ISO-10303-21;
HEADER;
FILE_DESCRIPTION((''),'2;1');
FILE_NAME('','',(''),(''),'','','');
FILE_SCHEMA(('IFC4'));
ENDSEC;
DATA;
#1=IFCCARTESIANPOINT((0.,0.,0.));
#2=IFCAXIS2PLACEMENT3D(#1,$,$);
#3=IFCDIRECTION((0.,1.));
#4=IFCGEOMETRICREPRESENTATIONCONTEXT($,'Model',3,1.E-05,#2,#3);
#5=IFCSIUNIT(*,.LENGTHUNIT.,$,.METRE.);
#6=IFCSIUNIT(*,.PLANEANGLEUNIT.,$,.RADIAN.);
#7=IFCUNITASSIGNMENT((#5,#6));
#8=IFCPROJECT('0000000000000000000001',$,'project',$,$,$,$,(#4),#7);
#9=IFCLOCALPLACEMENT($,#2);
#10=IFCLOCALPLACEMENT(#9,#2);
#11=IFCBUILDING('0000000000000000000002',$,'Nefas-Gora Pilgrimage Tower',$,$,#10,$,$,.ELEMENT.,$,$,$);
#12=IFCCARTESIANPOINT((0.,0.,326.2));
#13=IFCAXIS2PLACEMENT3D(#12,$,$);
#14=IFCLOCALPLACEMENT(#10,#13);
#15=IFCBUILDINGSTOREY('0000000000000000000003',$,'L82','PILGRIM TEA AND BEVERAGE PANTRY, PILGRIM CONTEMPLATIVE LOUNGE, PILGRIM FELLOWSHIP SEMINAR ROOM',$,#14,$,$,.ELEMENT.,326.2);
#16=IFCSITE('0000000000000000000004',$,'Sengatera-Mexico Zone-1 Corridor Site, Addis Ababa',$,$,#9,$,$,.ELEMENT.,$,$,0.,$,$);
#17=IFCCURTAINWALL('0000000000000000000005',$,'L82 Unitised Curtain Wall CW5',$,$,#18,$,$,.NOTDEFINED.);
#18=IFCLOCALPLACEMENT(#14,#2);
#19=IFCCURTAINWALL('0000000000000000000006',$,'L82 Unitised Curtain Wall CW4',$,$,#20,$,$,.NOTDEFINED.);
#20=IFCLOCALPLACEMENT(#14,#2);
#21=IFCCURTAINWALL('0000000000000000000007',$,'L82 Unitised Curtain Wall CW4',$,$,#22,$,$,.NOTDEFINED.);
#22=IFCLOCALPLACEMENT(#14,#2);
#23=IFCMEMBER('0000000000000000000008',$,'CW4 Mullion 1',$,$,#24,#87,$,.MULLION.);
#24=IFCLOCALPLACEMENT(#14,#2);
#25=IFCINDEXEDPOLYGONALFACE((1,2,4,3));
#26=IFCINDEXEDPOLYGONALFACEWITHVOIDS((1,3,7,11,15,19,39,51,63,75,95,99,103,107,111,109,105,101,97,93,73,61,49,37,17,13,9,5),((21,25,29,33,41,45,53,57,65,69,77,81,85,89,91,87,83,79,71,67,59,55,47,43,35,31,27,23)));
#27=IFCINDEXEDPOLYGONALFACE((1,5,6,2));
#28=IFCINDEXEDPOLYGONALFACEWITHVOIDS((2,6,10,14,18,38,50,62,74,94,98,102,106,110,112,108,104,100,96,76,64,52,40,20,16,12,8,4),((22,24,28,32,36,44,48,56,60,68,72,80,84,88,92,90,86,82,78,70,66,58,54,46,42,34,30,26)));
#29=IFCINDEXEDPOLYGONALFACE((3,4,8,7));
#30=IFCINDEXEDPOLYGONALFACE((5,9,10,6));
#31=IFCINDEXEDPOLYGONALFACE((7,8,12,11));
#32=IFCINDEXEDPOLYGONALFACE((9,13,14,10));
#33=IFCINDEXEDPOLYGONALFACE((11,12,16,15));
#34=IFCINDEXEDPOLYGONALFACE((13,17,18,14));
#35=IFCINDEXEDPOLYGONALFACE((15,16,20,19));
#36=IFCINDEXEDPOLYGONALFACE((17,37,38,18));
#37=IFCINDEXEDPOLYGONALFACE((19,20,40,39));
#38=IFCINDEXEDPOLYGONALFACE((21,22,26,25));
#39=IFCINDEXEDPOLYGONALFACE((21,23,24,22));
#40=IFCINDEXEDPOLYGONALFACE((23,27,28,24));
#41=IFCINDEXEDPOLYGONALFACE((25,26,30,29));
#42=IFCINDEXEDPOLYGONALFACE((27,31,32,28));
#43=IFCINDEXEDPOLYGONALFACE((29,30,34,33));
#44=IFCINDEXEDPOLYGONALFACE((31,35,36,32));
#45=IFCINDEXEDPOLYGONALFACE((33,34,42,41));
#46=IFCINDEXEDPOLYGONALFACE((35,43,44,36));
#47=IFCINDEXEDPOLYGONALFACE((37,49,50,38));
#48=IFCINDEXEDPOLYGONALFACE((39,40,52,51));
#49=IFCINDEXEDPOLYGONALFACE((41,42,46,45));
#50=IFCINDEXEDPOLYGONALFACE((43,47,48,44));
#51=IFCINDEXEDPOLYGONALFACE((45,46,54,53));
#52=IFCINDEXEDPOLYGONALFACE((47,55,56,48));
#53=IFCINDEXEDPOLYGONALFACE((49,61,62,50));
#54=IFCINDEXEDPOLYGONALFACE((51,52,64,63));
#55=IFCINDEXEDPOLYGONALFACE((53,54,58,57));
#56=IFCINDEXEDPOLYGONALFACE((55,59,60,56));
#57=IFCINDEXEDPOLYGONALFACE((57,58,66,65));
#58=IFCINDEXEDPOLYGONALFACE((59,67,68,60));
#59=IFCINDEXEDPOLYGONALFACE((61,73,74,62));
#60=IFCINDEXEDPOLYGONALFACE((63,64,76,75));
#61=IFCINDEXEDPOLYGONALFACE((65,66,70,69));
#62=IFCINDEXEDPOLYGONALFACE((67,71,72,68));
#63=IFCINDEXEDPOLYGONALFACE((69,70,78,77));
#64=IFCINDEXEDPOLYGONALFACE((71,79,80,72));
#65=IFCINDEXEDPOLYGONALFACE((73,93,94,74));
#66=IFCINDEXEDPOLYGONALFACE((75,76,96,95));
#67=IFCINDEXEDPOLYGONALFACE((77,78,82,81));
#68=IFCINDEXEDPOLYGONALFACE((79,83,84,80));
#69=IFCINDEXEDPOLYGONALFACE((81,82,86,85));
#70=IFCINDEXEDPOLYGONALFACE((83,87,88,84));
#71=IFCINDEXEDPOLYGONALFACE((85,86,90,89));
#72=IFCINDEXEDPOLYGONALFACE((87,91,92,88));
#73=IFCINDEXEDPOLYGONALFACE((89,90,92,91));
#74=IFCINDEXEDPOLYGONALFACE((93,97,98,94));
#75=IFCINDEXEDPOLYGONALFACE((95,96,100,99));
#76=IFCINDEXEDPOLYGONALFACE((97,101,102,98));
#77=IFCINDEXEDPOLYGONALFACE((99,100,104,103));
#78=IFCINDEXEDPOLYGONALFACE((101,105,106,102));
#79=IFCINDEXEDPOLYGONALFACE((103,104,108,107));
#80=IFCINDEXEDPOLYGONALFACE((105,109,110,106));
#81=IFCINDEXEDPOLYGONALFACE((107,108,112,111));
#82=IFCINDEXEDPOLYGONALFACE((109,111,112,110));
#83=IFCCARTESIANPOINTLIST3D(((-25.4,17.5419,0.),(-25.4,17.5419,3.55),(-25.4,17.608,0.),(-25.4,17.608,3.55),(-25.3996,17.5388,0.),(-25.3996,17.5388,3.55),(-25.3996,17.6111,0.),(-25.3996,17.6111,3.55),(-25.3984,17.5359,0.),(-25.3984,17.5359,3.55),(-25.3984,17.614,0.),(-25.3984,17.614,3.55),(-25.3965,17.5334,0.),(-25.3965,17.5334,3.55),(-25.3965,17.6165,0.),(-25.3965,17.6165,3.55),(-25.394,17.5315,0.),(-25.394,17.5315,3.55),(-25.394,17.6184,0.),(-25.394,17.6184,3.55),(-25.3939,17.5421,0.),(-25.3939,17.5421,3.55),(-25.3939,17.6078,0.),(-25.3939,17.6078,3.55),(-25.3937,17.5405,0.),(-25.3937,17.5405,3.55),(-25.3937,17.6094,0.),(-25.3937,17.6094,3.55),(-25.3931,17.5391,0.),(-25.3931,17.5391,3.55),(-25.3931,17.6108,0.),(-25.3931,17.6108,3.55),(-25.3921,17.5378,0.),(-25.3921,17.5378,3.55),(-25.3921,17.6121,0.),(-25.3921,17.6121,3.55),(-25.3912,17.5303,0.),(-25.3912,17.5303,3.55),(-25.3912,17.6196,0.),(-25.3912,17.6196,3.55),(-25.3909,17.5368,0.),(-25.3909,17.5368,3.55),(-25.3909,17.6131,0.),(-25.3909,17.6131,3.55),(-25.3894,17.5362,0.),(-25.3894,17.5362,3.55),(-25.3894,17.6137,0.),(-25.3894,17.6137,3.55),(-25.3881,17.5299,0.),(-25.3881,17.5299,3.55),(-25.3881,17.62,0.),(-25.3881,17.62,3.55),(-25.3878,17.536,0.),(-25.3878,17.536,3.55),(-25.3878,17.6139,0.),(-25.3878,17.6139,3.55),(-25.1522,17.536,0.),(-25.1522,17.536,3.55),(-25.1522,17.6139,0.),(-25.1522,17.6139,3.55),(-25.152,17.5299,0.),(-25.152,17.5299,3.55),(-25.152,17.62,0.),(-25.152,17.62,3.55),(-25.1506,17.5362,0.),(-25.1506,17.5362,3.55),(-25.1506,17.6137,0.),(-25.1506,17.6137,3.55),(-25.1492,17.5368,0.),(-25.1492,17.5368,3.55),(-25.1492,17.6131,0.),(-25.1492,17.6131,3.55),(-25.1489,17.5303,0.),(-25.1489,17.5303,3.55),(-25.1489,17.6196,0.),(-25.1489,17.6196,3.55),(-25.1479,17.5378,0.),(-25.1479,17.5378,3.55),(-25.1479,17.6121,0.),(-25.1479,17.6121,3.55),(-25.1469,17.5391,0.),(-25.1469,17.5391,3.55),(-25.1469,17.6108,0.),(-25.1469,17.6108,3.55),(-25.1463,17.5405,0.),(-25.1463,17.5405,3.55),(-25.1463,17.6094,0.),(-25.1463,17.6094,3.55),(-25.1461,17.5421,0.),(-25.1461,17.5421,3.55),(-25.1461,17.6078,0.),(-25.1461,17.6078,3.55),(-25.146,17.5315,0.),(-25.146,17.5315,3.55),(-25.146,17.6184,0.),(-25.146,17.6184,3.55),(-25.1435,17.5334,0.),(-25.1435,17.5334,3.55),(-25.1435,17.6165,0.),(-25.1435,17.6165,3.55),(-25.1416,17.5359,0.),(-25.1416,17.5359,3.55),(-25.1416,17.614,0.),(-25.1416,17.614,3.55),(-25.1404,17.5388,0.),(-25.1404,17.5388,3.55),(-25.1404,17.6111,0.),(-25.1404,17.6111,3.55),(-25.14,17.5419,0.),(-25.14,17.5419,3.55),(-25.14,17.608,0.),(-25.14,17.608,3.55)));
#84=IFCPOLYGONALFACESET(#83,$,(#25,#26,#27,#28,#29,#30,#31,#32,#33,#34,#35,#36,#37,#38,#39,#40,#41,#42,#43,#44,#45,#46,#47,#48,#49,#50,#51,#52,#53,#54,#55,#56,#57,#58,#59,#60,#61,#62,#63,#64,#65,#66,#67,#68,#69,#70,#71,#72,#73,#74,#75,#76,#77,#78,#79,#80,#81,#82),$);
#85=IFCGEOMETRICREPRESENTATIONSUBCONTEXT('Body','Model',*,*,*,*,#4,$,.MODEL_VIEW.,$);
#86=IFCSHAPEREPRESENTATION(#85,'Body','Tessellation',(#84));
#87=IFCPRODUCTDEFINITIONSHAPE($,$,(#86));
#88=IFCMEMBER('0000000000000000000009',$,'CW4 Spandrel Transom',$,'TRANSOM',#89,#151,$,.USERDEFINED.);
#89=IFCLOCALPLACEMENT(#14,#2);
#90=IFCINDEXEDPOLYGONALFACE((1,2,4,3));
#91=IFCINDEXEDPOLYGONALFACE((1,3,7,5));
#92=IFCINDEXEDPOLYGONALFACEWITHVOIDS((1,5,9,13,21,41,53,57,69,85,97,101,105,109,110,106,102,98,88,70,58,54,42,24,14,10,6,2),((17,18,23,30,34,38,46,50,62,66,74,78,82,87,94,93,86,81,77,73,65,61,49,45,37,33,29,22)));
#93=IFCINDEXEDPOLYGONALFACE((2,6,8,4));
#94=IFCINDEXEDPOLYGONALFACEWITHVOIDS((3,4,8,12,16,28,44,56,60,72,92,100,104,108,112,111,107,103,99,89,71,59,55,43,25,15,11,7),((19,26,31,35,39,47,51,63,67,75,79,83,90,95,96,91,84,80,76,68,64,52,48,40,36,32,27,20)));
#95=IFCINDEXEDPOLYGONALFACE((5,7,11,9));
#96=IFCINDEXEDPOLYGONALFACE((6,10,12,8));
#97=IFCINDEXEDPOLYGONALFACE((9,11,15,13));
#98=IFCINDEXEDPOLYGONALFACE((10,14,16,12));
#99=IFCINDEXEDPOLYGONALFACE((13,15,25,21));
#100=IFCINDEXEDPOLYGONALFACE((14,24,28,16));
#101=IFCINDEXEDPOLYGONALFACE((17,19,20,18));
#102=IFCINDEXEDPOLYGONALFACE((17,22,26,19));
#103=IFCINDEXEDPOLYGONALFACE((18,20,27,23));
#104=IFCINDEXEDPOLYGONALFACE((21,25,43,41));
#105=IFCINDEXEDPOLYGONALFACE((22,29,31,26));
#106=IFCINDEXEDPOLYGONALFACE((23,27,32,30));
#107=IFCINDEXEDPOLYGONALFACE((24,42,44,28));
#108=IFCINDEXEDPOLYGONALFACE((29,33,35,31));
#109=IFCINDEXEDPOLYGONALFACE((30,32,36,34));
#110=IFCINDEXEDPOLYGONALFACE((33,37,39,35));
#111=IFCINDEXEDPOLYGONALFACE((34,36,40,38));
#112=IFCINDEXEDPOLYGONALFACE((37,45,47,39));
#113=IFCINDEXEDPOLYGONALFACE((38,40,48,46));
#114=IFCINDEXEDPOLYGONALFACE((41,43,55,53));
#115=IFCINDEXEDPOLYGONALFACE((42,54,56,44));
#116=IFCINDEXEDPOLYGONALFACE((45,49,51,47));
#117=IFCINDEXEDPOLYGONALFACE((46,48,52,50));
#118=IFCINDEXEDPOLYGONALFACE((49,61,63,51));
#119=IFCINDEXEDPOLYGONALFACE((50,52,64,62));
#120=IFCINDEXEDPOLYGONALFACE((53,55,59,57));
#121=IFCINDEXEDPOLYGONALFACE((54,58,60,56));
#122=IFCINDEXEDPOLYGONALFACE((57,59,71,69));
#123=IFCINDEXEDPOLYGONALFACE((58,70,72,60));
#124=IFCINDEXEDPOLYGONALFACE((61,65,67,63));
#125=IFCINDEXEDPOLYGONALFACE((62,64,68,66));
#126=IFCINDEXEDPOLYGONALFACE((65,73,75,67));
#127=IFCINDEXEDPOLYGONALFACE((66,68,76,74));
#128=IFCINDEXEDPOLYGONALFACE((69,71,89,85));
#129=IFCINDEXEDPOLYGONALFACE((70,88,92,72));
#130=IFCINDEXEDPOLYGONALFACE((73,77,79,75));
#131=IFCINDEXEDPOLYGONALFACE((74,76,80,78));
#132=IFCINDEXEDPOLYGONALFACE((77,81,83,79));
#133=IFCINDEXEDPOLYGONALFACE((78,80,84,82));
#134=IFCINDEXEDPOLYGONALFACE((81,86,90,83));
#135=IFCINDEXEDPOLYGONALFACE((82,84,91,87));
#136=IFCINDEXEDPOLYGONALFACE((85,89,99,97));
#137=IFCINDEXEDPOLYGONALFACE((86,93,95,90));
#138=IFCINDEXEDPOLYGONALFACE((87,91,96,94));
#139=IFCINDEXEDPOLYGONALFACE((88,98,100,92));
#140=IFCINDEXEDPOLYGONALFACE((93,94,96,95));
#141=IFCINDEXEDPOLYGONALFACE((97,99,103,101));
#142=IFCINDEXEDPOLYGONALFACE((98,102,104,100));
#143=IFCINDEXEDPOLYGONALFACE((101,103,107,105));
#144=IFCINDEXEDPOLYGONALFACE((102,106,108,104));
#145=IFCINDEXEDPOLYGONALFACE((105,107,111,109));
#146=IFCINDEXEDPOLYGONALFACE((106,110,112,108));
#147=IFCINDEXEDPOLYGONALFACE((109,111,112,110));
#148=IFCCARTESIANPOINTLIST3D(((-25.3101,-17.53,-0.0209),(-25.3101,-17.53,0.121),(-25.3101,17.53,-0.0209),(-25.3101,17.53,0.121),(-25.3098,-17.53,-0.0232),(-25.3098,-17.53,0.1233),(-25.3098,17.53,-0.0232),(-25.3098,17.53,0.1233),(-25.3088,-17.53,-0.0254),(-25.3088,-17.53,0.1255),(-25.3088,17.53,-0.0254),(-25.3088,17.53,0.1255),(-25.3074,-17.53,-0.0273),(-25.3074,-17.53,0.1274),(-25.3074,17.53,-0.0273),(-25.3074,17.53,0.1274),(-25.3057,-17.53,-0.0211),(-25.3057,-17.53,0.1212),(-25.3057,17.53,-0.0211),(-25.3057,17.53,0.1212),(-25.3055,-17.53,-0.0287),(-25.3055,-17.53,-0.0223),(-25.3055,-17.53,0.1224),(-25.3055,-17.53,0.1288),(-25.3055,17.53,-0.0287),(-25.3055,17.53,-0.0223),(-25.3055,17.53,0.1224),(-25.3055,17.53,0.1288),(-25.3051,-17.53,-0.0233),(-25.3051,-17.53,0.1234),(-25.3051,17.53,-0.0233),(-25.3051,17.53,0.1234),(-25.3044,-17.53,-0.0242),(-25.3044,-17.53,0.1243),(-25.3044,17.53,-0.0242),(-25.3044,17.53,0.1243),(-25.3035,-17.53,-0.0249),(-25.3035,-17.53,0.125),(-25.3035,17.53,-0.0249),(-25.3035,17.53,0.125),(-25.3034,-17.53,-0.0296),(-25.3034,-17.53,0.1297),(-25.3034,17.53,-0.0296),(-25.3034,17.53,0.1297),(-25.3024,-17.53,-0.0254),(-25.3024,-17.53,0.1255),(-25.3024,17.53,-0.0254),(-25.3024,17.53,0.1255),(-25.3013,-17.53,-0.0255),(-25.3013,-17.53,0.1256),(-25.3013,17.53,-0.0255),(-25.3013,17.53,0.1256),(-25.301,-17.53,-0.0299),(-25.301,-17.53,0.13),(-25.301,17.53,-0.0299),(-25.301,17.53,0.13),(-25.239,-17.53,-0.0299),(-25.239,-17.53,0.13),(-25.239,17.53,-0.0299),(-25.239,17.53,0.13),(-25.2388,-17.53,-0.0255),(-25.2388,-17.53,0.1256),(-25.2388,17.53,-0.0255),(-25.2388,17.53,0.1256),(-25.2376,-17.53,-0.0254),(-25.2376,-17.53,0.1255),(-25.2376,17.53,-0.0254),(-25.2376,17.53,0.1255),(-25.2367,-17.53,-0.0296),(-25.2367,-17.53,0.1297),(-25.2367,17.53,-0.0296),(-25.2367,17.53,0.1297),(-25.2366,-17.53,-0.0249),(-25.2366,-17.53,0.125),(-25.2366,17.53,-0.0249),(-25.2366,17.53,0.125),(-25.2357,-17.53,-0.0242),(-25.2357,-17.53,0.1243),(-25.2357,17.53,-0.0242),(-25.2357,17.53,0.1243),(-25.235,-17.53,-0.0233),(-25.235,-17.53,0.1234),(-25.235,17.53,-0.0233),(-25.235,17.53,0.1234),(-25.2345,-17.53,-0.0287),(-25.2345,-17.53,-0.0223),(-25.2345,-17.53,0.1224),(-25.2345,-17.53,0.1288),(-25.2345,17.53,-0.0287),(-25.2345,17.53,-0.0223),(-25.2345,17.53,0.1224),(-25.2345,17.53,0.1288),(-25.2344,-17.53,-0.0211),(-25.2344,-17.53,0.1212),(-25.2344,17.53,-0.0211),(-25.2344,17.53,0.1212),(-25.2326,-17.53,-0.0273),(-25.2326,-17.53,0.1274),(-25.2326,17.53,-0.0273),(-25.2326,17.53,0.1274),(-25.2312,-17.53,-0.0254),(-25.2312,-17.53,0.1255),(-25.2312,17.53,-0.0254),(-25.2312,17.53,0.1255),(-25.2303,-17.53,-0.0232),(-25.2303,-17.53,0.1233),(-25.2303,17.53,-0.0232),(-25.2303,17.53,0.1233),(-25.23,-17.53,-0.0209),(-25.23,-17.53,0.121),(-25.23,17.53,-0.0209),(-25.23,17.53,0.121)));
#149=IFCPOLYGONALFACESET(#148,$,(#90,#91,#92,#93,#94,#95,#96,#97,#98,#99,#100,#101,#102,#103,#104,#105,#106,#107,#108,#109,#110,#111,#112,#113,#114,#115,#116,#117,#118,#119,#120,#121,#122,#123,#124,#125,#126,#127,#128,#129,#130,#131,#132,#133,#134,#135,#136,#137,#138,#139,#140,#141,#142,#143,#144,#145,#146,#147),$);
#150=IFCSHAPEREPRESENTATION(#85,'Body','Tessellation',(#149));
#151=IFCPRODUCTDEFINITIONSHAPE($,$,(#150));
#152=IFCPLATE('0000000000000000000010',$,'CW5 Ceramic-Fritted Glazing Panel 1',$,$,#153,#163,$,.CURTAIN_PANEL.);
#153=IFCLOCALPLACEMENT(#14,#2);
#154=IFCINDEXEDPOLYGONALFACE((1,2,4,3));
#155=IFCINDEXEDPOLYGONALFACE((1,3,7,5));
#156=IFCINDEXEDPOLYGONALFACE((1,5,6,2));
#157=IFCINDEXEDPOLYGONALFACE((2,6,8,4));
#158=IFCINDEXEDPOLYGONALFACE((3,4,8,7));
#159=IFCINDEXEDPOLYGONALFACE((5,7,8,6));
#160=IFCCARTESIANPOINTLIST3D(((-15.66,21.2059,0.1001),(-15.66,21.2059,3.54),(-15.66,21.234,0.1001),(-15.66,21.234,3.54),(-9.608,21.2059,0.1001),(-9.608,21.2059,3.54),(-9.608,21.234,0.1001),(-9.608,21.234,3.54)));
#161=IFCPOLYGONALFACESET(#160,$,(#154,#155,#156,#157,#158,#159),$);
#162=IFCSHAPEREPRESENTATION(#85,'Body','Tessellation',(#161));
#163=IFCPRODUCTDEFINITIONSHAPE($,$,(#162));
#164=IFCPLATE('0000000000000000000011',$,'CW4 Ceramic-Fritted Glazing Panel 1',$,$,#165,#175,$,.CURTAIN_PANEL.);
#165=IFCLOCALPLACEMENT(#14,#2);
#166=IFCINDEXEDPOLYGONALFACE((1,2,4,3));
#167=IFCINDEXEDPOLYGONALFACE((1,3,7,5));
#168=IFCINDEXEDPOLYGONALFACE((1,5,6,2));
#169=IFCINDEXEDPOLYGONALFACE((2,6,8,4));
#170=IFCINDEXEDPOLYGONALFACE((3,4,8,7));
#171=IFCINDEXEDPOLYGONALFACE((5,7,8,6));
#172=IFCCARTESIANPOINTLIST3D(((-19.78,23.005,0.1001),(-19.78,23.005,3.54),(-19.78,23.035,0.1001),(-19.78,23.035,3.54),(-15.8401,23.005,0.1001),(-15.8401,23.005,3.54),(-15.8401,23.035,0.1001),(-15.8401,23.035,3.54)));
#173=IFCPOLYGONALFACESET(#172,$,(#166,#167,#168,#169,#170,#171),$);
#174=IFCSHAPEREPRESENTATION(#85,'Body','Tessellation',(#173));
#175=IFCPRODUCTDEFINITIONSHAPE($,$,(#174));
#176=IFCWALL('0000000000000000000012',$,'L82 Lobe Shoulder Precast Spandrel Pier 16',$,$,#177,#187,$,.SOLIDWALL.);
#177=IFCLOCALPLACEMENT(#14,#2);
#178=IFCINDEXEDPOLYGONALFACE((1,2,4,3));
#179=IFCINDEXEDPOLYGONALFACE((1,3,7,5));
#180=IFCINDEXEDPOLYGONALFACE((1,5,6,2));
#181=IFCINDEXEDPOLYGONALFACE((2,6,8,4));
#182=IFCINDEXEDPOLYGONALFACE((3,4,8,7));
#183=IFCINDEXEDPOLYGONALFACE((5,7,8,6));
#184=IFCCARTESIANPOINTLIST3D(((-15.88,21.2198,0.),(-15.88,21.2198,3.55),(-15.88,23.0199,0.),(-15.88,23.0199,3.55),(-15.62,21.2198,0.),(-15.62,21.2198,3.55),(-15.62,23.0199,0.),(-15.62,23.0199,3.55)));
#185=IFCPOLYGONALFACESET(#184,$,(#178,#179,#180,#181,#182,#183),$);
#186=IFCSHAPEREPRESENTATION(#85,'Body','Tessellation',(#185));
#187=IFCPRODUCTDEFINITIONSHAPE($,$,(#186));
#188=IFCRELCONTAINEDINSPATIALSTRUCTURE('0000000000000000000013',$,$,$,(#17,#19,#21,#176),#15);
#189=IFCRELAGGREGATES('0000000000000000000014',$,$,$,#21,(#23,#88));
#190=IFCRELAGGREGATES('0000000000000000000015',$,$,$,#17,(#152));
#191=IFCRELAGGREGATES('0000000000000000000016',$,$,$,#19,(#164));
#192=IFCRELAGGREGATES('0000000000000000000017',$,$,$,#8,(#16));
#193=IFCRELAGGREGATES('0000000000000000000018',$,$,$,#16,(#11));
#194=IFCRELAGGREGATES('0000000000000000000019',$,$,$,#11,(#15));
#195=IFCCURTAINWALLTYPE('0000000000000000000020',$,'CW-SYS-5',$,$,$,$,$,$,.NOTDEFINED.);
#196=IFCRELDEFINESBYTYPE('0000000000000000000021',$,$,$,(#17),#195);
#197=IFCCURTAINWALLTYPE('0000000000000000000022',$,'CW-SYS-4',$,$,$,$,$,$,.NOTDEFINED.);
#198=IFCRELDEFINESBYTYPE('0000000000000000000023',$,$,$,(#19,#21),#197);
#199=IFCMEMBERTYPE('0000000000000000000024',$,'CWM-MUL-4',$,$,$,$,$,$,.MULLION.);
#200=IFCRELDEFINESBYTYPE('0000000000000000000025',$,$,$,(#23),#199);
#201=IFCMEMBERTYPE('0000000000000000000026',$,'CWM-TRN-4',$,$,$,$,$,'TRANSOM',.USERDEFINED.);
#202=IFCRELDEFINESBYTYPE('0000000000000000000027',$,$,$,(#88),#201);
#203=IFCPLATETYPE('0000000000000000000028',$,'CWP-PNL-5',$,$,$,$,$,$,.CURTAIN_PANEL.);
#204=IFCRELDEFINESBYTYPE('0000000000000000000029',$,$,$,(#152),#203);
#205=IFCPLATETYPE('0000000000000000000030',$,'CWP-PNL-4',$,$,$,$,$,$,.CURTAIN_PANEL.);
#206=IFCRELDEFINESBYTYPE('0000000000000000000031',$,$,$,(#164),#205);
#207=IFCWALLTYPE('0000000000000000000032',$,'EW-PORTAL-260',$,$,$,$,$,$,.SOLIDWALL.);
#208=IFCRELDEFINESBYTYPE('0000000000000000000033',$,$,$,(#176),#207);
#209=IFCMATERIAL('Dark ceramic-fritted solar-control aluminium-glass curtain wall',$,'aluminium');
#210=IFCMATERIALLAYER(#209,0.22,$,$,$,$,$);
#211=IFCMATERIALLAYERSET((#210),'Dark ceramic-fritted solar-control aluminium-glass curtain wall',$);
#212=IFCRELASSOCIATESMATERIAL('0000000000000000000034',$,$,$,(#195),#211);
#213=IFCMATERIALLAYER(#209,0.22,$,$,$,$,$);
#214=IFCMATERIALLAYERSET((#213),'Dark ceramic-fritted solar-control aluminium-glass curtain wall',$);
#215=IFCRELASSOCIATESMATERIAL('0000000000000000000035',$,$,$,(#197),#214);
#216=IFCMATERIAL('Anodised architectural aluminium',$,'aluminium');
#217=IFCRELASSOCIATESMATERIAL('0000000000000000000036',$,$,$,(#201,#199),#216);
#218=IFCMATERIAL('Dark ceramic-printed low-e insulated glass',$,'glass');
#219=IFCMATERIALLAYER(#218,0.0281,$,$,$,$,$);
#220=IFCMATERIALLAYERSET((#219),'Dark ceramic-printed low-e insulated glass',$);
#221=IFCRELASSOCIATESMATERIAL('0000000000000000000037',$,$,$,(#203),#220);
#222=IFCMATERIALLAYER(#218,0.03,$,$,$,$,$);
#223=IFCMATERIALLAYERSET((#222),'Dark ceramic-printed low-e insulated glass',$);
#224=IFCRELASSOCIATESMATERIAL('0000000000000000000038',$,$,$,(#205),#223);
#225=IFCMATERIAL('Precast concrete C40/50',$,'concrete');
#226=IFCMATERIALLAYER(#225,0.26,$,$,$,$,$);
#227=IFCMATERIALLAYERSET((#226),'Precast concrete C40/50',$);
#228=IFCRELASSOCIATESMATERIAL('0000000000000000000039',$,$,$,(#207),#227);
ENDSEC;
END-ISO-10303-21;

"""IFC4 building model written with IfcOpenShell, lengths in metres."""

from ifc_helpers import new_model, si_unit, direction, frame, frame_2d, origin, origin_2d, place, context, subcontext, project, spatial, rectangle, hollow_rectangle, extrude, source, transform, mapped, material, layer, layer_set, material_profile, profile_set, type_object, element, aggregate, save


model = new_model("IFC4")

# Units and contexts
model_context = context("Model", 3, precision=1e-05, world=origin(), true_north=direction((0.0, 1.0)))
body_context = subcontext(model_context, "Body", "Model", "MODEL_VIEW")
ifc_project = project(units=[si_unit("LENGTHUNIT", "METRE"), si_unit("PLANEANGLEUNIT", "RADIAN")], contexts=[model_context])

# Site, building, storey
site_placement = place(None, origin())
site = spatial("IfcSite", under=ifc_project, at=site_placement, Name="Sengatera-Mexico Zone-1 Corridor Site, Addis Ababa", CompositionType="ELEMENT", RefElevation=0.0)
building_placement = place(site_placement, origin())
building = spatial("IfcBuilding", under=site, at=building_placement, Name="Nefas-Gora Pilgrimage Tower", CompositionType="ELEMENT")
storey_placement = place(building_placement, frame((0.0, 0.0, 326.2)))
storey = spatial("IfcBuildingStorey", under=building, at=storey_placement, Name="L82", Description="PILGRIM TEA AND BEVERAGE PANTRY, PILGRIM CONTEMPLATIVE LOUNGE, PILGRIM FELLOWSHIP SEMINAR ROOM", CompositionType="ELEMENT", Elevation=326.2)

# Curtain wall
ifc_material_1 = material(Name="Dark ceramic-fritted solar-control aluminium-glass curtain wall", Category="aluminium")
ifc_layer_1 = layer(ifc_material_1, 0.22)
ifc_layer_set_1 = layer_set([ifc_layer_1], Name="Dark ceramic-fritted solar-control aluminium-glass curtain wall")
curtain_wall_type_1 = type_object("IfcCurtainWallType", Name="CW-SYS-5", PredefinedType="NOTDEFINED", material=ifc_layer_set_1)
curtain_wall_1_placement = place(storey_placement, origin())
curtain_wall_1 = element("IfcCurtainWall", 1, at=curtain_wall_1_placement, inside=storey, type_object=curtain_wall_type_1, Name="L82 Unitised Curtain Wall CW5", PredefinedType="NOTDEFINED")
ifc_material_2 = material(Name="Anodised architectural aluminium", Category="aluminium")

# Curtain walls, members
ifc_layer_2 = layer(ifc_material_1, 0.22)
ifc_layer_set_2 = layer_set([ifc_layer_2], Name="Dark ceramic-fritted solar-control aluminium-glass curtain wall")
curtain_wall_type_2 = type_object("IfcCurtainWallType", Name="CW-SYS-4", PredefinedType="NOTDEFINED", material=ifc_layer_set_2)
curtain_wall_2_placement = place(storey_placement, origin())
curtain_wall_2 = element("IfcCurtainWall", 2, at=curtain_wall_2_placement, inside=storey, type_object=curtain_wall_type_2, Name="L82 Unitised Curtain Wall CW4", PredefinedType="NOTDEFINED")
ifc_material_profile_1 = material_profile(ifc_material_2, hollow_rectangle(XDim=0.0801, YDim=0.1599, WallThickness=0.0044, InnerFilletRadius=0.0044, OuterFilletRadius=0.009, at=origin_2d()), Name="ALU TRANSOM 80x160")
ifc_profile_set_1 = profile_set([ifc_material_profile_1], Name="Anodised architectural aluminium")
member_type_1 = type_object("IfcMemberType", Name="CWM-TRN-4", ElementType="TRANSOM", PredefinedType="USERDEFINED", material=ifc_profile_set_1)
ifc_material_profile_2 = material_profile(ifc_material_2, hollow_rectangle(XDim=0.0901, YDim=0.26, WallThickness=0.0061, InnerFilletRadius=0.0061, OuterFilletRadius=0.012, at=origin_2d()), Name="ALU MULLION 90x260")
ifc_profile_set_2 = profile_set([ifc_material_profile_2], Name="Anodised architectural aluminium")
member_type_2 = type_object("IfcMemberType", Name="CWM-MUL-4", PredefinedType="MULLION", material=ifc_profile_set_2)
shared_shape_1 = source(origin(), body_context, "Body", "SweptSolid", [
    extrude(hollow_rectangle(XDim=0.0901, YDim=0.26, WallThickness=0.0061, InnerFilletRadius=0.0061, OuterFilletRadius=0.012, at=origin_2d()), origin(), (0.0, 0.0, 1.0), 3.55),
])
curtain_wall_3_placement = place(storey_placement, origin())
curtain_wall_3 = element("IfcCurtainWall", 3, at=curtain_wall_3_placement, inside=storey, type_object=curtain_wall_type_2, Name="L82 Unitised Curtain Wall CW4", PredefinedType="NOTDEFINED")
member_1_placement = place(storey_placement, frame((-25.27, 17.575, 0.0), z_axis=(0.0, 0.0, 1.0), x_axis=(0.0, -1.0, 0.0)))
member_1 = element("IfcMember", 4, at=member_1_placement, type_object=member_type_2, Name="CW4 Mullion 1", PredefinedType="MULLION", context=body_context, shape_type="MappedRepresentation", body=[
    mapped(shared_shape_1, transform((0.0, 0.0, 0.0), x_axis=(1.0, 0.0, 0.0), y_axis=(0.0, 1.0, 0.0), z_axis=(0.0, 0.0, 1.0), scale=1.0)),
])
shared_shape_2 = source(origin(), body_context, "Body", "SweptSolid", [
    extrude(hollow_rectangle(XDim=0.0801, YDim=0.1599, WallThickness=0.0044, InnerFilletRadius=0.0044, OuterFilletRadius=0.009, at=origin_2d()), origin(), (0.0, 0.0, 1.0), 35.0601),
])
member_2_placement = place(storey_placement, frame((-25.27, 17.53, 0.05), z_axis=(0.0, -1.0, 0.0), x_axis=(1.0, 0.0, 0.0)))
member_2 = element("IfcMember", 5, at=member_2_placement, type_object=member_type_1, Name="CW4 Spandrel Transom", ObjectType="TRANSOM", PredefinedType="USERDEFINED", context=body_context, shape_type="MappedRepresentation", body=[
    mapped(shared_shape_2, transform((0.0, 0.0, 0.0), x_axis=(1.0, 0.0, 0.0), y_axis=(0.0, 1.0, 0.0), z_axis=(0.0, 0.0, 1.0), scale=1.0)),
])
aggregate(curtain_wall_3, [member_1, member_2])

# Plates
ifc_material_3 = material(Name="Dark ceramic-printed low-e insulated glass", Category="glass")
ifc_layer_3 = layer(ifc_material_3, 0.0281)
ifc_layer_set_3 = layer_set([ifc_layer_3], Name="Dark ceramic-printed low-e insulated glass")
plate_type_1 = type_object("IfcPlateType", Name="CWP-PNL-5", PredefinedType="CURTAIN_PANEL", material=ifc_layer_set_3)
shared_shape_3 = source(origin(), body_context, "Body", "SweptSolid", [
    extrude(rectangle(XDim=6.052, YDim=0.0281, at=origin_2d()), origin(), (0.0, 0.0, 1.0), 3.4399),
])
plate_1_placement = place(storey_placement, frame((-12.634, 21.22, 0.1001), z_axis=(0.0, 0.0, 1.0), x_axis=(-1.0, 0.0, 0.0)))
plate_1 = element("IfcPlate", 6, at=plate_1_placement, type_object=plate_type_1, Name="CW5 Ceramic-Fritted Glazing Panel 1", PredefinedType="CURTAIN_PANEL", context=body_context, shape_type="MappedRepresentation", body=[
    mapped(shared_shape_3, transform((0.0, 0.0, 0.0), x_axis=(1.0, 0.0, 0.0), y_axis=(0.0, 1.0, 0.0), z_axis=(0.0, 0.0, 1.0), scale=1.0)),
])
aggregate(curtain_wall_1, [plate_1])
ifc_layer_4 = layer(ifc_material_3, 0.03)
ifc_layer_set_4 = layer_set([ifc_layer_4], Name="Dark ceramic-printed low-e insulated glass")
plate_type_2 = type_object("IfcPlateType", Name="CWP-PNL-4", PredefinedType="CURTAIN_PANEL", material=ifc_layer_set_4)
shared_shape_4 = source(origin(), body_context, "Body", "SweptSolid", [
    extrude(rectangle(XDim=3.9399, YDim=0.03, at=origin_2d()), origin(), (0.0, 0.0, 1.0), 3.4399),
])
plate_2_placement = place(storey_placement, frame((-17.8101, 23.02, 0.1001), z_axis=(0.0, 0.0, 1.0), x_axis=(-1.0, 0.0, 0.0)))
plate_2 = element("IfcPlate", 7, at=plate_2_placement, type_object=plate_type_2, Name="CW4 Ceramic-Fritted Glazing Panel 1", PredefinedType="CURTAIN_PANEL", context=body_context, shape_type="MappedRepresentation", body=[
    mapped(shared_shape_4, transform((0.0, 0.0, 0.0), x_axis=(1.0, 0.0, 0.0), y_axis=(0.0, 1.0, 0.0), z_axis=(0.0, 0.0, 1.0), scale=1.0)),
])
aggregate(curtain_wall_2, [plate_2])

# Wall
ifc_material_4 = material(Name="Precast concrete C40/50", Category="concrete")
ifc_layer_5 = layer(ifc_material_4, 0.26)
ifc_layer_set_5 = layer_set([ifc_layer_5], Name="Precast concrete C40/50")
wall_type_1 = type_object("IfcWallType", Name="EW-PORTAL-260", PredefinedType="SOLIDWALL", material=ifc_layer_set_5)
shared_shape_5 = source(origin(), body_context, "Body", "SweptSolid", [
    extrude(rectangle(XDim=1.8, YDim=0.26, at=frame_2d((0.8999, 0.0))), origin(), (0.0, 0.0, 1.0), 3.55),
])
wall_1_placement = place(storey_placement, frame((-15.75, 21.22, 0.0), z_axis=(0.0, 0.0, 1.0), x_axis=(0.0, 1.0, 0.0)))
element("IfcWall", 8, at=wall_1_placement, inside=storey, type_object=wall_type_1, Name="L82 Lobe Shoulder Precast Spandrel Pier 16", PredefinedType="SOLIDWALL", context=body_context, shape_type="MappedRepresentation", body=[
    mapped(shared_shape_5, transform((0.0, 0.0, 0.0), x_axis=(1.0, 0.0, 0.0), y_axis=(0.0, 1.0, 0.0), z_axis=(0.0, 0.0, 1.0), scale=1.0)),
])

save(model, "model.ifc")
